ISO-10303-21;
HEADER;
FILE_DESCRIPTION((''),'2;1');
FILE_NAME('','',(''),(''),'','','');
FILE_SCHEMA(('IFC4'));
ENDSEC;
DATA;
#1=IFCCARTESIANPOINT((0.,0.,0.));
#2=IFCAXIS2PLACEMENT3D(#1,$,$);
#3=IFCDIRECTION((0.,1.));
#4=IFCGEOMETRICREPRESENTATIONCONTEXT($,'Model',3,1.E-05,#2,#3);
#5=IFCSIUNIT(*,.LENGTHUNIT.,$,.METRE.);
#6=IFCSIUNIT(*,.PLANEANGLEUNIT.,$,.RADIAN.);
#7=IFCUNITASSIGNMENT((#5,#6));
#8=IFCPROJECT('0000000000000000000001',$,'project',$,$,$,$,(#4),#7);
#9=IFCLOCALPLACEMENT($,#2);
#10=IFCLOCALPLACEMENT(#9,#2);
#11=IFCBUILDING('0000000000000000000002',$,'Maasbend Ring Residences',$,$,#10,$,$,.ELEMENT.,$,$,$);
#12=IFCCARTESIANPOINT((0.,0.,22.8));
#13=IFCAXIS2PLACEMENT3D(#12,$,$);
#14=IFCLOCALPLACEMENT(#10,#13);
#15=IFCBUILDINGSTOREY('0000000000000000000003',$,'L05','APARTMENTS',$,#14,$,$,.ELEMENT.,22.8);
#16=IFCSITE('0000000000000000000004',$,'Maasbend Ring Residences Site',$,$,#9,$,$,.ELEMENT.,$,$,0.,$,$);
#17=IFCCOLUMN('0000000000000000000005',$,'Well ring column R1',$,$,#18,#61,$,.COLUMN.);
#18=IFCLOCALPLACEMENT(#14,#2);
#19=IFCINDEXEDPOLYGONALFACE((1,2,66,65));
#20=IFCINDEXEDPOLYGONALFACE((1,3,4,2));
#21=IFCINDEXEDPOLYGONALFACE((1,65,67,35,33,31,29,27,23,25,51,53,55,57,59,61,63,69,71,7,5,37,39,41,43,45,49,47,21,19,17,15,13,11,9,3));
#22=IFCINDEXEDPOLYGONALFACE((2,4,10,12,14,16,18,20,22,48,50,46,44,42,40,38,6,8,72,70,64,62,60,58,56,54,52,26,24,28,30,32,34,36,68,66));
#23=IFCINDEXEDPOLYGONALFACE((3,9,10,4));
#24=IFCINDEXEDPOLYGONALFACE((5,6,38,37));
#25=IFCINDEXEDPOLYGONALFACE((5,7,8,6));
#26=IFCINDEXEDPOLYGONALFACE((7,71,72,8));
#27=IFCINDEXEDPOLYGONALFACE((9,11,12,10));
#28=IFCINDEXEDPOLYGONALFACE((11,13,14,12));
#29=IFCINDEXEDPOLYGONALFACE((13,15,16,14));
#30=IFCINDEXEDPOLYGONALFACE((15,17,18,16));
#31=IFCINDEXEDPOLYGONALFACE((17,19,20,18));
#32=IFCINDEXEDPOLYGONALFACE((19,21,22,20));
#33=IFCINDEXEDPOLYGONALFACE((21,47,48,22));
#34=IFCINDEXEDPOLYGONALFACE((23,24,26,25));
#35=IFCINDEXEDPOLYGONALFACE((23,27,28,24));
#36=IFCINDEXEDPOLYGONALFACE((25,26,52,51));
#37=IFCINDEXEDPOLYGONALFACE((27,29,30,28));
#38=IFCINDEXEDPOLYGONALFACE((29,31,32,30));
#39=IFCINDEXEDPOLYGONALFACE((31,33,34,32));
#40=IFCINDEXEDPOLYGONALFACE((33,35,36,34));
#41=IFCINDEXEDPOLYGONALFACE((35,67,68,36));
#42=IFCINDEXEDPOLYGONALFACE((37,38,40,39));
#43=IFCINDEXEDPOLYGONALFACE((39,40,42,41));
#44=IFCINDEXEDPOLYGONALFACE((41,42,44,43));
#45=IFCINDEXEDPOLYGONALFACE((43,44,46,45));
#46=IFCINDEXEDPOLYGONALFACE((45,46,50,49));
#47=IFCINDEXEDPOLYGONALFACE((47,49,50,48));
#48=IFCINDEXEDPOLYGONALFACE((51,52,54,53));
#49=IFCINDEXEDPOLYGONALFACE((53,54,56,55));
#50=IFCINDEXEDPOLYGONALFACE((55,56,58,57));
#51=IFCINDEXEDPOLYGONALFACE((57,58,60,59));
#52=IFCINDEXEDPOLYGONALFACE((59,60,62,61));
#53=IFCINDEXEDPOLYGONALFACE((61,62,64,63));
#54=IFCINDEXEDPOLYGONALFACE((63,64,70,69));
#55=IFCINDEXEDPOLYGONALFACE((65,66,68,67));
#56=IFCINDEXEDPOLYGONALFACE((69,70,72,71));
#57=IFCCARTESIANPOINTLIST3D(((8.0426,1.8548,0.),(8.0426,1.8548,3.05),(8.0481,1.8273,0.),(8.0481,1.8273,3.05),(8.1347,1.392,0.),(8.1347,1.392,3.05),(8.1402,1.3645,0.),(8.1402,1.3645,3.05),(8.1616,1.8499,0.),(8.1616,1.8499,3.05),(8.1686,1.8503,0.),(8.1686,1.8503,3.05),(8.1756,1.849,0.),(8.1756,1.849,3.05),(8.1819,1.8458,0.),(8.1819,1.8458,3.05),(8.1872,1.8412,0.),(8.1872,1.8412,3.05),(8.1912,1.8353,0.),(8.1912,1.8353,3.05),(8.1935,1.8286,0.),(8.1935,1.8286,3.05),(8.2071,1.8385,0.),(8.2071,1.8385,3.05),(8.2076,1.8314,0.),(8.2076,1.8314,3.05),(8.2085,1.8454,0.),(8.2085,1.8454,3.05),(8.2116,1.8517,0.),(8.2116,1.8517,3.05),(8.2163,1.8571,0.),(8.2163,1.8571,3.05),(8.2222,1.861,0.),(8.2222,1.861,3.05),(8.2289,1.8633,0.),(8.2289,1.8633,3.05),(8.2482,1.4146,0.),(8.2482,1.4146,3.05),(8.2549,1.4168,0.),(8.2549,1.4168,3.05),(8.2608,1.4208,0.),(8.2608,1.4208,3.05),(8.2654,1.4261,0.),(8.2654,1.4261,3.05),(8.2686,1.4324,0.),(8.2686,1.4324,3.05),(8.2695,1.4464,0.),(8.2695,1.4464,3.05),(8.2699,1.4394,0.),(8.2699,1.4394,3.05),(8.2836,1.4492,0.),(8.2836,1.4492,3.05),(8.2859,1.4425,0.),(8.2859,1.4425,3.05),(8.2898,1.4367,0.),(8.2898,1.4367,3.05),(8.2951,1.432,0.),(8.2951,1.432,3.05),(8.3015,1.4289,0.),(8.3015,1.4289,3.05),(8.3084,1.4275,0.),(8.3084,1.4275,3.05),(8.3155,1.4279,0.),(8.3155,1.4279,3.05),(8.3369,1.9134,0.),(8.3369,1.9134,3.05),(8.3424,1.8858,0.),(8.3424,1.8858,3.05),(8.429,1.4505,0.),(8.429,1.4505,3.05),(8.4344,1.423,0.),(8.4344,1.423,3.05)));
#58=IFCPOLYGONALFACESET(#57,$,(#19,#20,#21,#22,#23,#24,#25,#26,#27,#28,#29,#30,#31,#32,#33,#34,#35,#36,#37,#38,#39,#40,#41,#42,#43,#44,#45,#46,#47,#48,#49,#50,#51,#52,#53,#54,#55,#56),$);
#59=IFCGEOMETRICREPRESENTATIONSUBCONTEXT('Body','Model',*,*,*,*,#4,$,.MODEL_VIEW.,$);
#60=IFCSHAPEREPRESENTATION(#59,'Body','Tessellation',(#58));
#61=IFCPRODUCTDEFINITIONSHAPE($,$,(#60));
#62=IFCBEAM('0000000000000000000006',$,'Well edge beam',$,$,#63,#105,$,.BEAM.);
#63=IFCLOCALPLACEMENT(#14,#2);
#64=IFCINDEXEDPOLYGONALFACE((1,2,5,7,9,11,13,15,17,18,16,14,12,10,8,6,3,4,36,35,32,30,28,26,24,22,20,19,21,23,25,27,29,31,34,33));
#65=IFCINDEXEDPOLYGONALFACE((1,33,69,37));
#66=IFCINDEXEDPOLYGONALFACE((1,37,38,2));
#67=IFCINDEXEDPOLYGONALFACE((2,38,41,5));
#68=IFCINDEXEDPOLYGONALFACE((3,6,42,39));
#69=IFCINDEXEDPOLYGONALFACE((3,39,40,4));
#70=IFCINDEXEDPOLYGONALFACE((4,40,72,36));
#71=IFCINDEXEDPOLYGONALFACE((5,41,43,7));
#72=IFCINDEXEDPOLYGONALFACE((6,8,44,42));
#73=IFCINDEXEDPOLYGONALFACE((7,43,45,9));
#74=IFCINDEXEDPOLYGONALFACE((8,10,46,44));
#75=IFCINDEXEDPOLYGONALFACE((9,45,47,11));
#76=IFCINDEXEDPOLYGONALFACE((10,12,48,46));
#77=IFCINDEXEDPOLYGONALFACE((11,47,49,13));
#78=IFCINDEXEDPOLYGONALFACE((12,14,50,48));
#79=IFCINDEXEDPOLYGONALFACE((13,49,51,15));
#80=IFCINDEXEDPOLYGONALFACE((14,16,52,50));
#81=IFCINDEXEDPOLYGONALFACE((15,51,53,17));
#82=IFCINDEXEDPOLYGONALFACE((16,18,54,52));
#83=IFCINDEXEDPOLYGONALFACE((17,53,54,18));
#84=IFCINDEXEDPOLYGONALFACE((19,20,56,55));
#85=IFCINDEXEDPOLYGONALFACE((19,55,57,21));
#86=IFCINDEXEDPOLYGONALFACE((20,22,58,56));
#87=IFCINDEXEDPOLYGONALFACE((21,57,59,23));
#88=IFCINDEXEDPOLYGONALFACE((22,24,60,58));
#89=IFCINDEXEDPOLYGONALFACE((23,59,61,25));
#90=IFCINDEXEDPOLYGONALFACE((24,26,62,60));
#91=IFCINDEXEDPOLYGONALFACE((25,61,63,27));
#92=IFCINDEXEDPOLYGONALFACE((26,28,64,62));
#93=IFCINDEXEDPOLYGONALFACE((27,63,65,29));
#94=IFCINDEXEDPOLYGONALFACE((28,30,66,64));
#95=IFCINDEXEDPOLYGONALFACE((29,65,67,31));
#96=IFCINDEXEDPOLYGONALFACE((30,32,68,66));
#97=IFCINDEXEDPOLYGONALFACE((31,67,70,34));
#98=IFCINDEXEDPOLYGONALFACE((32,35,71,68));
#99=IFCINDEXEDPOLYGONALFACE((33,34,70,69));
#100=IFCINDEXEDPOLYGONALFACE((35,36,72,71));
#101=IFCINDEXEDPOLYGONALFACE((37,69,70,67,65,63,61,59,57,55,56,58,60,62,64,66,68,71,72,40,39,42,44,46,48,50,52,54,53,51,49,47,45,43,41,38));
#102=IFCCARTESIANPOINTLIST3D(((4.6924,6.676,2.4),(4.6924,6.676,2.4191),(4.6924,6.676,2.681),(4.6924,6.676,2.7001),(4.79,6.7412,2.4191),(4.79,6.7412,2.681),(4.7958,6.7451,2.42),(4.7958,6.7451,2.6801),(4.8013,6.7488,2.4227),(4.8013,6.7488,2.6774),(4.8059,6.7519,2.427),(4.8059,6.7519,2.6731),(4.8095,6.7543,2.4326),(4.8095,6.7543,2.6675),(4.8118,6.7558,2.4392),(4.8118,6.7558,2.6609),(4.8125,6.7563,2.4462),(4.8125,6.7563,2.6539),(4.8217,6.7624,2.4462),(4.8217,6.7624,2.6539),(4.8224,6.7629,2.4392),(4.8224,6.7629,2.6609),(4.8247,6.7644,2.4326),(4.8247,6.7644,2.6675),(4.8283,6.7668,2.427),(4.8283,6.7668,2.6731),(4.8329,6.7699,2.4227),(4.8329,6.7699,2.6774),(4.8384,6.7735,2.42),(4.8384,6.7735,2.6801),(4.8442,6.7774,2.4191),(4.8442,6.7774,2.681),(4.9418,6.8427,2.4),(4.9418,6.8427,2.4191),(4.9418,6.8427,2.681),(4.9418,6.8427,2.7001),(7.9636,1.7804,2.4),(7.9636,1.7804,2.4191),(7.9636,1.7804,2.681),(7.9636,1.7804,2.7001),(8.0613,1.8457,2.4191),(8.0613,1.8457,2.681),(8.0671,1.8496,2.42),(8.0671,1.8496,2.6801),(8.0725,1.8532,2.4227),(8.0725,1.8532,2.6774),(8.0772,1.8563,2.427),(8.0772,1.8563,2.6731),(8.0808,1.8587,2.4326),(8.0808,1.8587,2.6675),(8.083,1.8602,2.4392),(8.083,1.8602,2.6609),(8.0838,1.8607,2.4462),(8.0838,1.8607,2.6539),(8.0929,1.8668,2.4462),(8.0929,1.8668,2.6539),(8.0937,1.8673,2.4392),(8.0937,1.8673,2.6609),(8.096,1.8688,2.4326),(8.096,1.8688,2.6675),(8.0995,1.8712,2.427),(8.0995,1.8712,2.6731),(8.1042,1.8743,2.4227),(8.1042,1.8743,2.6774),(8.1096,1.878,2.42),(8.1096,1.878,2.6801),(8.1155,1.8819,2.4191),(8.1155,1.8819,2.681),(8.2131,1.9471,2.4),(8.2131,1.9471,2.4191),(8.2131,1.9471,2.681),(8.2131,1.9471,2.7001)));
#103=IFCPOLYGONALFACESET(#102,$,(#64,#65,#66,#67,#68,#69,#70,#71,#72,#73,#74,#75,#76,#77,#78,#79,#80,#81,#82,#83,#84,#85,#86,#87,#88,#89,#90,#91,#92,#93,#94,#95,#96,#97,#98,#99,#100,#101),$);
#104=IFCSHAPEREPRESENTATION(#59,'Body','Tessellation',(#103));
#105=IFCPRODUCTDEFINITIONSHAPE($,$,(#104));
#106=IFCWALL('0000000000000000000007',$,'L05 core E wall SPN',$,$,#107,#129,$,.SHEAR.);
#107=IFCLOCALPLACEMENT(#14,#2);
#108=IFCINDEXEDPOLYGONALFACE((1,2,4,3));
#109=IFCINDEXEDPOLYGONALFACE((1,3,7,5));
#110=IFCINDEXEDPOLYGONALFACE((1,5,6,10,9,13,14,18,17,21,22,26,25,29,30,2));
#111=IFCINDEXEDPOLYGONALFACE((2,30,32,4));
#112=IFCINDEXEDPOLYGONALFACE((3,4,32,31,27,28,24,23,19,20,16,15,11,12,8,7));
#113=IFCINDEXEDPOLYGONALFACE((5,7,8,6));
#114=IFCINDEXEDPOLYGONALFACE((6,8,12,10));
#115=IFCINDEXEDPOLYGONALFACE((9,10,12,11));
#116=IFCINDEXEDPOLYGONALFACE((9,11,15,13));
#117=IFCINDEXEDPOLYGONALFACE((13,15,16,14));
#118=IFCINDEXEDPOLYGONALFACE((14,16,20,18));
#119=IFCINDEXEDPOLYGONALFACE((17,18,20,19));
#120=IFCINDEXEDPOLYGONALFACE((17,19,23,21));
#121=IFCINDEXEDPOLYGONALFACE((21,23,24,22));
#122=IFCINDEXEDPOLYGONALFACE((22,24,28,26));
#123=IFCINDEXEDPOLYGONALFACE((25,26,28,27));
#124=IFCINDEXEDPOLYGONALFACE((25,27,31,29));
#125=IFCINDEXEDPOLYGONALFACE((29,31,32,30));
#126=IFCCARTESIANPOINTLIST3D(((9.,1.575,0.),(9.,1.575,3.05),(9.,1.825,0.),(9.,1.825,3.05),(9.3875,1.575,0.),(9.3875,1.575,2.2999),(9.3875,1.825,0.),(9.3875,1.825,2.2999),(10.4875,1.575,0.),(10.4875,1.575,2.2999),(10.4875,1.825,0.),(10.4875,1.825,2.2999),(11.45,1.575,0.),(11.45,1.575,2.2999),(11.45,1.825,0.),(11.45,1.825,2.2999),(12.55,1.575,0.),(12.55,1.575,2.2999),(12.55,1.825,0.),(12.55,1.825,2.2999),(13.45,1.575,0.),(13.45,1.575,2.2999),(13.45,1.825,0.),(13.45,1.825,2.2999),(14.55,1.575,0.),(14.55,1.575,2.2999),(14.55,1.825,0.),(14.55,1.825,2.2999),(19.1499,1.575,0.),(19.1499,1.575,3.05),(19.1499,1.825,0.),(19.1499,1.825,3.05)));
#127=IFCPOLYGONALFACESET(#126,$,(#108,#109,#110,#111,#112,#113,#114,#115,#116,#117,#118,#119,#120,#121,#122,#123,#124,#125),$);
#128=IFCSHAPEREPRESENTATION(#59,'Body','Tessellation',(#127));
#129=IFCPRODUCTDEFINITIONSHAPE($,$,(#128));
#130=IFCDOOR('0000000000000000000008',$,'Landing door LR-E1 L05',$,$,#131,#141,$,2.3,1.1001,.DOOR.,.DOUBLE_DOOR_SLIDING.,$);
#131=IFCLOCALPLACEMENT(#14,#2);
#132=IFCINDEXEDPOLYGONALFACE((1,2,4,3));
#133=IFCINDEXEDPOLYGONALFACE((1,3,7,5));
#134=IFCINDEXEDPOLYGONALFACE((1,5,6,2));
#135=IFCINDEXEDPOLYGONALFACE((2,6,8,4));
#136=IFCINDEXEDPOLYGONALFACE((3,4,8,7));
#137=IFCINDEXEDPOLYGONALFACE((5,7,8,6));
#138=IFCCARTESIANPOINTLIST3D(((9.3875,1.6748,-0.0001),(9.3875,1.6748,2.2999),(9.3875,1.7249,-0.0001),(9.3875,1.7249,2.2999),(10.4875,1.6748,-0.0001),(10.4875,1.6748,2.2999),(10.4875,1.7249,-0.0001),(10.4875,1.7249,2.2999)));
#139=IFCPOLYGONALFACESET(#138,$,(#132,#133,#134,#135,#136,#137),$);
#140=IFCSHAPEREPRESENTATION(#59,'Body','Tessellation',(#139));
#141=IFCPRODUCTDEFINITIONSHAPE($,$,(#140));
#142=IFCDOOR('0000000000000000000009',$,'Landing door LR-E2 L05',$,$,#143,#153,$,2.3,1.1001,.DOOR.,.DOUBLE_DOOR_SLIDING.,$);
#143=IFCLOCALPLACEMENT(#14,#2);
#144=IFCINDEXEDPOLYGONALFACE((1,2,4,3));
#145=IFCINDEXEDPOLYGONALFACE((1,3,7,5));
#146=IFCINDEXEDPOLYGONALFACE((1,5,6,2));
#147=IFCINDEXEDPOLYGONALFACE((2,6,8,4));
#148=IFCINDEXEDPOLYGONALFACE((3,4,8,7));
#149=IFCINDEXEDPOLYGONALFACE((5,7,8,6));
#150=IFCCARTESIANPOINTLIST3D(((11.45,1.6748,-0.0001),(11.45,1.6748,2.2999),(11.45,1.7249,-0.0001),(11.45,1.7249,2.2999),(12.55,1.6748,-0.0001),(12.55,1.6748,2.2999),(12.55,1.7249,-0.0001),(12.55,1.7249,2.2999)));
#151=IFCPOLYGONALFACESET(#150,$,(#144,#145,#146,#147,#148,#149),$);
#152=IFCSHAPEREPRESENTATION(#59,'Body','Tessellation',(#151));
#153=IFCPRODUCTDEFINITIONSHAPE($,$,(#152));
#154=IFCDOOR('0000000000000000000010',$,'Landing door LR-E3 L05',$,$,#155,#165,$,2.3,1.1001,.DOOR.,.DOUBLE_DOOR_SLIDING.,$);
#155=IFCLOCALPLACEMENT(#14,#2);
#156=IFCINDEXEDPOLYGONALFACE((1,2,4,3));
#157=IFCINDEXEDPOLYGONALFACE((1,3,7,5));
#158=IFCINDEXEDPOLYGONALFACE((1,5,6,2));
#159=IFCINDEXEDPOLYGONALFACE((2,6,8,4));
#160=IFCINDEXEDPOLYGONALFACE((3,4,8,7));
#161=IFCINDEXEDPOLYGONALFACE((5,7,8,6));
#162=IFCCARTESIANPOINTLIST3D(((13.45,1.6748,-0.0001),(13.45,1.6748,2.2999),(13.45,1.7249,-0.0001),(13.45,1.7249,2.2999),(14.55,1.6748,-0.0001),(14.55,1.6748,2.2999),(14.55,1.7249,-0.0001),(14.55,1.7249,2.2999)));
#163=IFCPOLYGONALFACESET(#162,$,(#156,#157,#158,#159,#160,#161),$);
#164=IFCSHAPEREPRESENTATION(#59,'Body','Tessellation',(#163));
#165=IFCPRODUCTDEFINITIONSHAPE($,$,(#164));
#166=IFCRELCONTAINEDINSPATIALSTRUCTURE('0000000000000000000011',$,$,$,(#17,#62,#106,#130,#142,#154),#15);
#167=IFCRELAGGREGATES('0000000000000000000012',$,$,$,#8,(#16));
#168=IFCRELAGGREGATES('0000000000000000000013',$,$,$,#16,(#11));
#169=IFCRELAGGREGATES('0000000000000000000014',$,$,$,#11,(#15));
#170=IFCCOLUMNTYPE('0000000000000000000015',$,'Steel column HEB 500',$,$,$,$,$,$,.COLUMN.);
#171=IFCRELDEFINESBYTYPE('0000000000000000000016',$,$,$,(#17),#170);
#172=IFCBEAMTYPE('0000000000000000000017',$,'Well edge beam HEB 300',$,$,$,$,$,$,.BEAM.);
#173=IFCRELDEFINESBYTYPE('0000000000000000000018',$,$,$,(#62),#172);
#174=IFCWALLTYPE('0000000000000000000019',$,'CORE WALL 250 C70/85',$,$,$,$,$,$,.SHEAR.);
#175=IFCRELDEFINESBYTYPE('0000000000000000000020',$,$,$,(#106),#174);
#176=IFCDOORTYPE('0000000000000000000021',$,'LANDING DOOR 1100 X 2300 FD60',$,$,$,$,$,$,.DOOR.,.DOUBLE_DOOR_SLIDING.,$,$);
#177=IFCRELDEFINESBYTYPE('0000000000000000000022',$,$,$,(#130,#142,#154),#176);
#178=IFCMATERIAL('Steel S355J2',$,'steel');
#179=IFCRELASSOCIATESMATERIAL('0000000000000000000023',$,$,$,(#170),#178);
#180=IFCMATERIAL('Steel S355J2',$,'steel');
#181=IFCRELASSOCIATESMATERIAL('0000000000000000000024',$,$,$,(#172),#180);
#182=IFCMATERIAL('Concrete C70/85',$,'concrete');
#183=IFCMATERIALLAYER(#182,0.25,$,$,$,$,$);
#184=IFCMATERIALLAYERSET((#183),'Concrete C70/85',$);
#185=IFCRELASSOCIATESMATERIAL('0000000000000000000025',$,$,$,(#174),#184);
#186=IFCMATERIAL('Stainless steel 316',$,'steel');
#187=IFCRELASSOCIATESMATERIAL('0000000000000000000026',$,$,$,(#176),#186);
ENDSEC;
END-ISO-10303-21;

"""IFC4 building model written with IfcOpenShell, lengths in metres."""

from ifc_helpers import new_model, si_unit, direction, frame, frame_2d, origin, origin_2d, place, context, subcontext, project, spatial, rectangle, i_section, extrude, material, layer, layer_set, material_profile, profile_set, type_object, element, fill, save


model = new_model("IFC4")

# Units and contexts
model_context = context("Model", 3, precision=1e-05, world=origin(), true_north=direction((0.0, 1.0)))
body_context = subcontext(model_context, "Body", "Model", "MODEL_VIEW")
ifc_project = project(units=[si_unit("LENGTHUNIT", "METRE"), si_unit("PLANEANGLEUNIT", "RADIAN")], contexts=[model_context])

# Site, building, storey
site_placement = place(None, origin())
site = spatial("IfcSite", under=ifc_project, at=site_placement, Name="Maasbend Ring Residences Site", CompositionType="ELEMENT", RefElevation=0.0)
building_placement = place(site_placement, origin())
building = spatial("IfcBuilding", under=site, at=building_placement, Name="Maasbend Ring Residences", CompositionType="ELEMENT")
storey_placement = place(building_placement, frame((0.0, 0.0, 22.8)))
storey = spatial("IfcBuildingStorey", under=building, at=storey_placement, Name="L05", Description="APARTMENTS", CompositionType="ELEMENT", Elevation=22.8)

# Column
ifc_material_1 = material(Name="Steel S355J2", Category="steel")
ifc_material_profile_1 = material_profile(ifc_material_1, i_section(OverallWidth=0.3, OverallDepth=0.5, WebThickness=0.0144, FlangeThickness=0.0281, FilletRadius=0.0271, at=origin_2d()), Name="HEB 500")
ifc_profile_set_1 = profile_set([ifc_material_profile_1], Name="Steel S355J2")
column_type = type_object("IfcColumnType", Name="Steel column HEB 500", PredefinedType="COLUMN", material=ifc_profile_set_1)
column_placement = place(storey_placement, frame((8.2385, 1.6389, 0.0), z_axis=(0.0, 0.0, 1.0), x_axis=(0.980785, 0.19509, 0.0)))
element("IfcColumn", 1, at=column_placement, inside=storey, type_object=column_type, Name="Well ring column R1", PredefinedType="COLUMN", context=body_context, shape_type="SweptSolid", body=[
    extrude(i_section(OverallWidth=0.3, OverallDepth=0.5, WebThickness=0.0144, FlangeThickness=0.0281, FilletRadius=0.0271, at=origin_2d()), origin(), (0.0, 0.0, 1.0), 3.05),
])

# Beam
ifc_material_2 = material(Name="Steel S355J2", Category="steel")
ifc_material_profile_2 = material_profile(ifc_material_2, i_section(OverallWidth=0.3, OverallDepth=0.3, WebThickness=0.011, FlangeThickness=0.019, FilletRadius=0.0271, at=origin_2d()), Name="HEB 300")
ifc_profile_set_2 = profile_set([ifc_material_profile_2], Name="Steel S355J2")
beam_type = type_object("IfcBeamType", Name="Well edge beam HEB 300", PredefinedType="BEAM", material=ifc_profile_set_2)
beam_placement = place(storey_placement, frame((8.0884, 1.8638, 2.55), z_axis=(-0.55559, 0.831457, 0.0), x_axis=(-0.831457, -0.55559, 0.0)))
element("IfcBeam", 2, at=beam_placement, inside=storey, type_object=beam_type, Name="Well edge beam", PredefinedType="BEAM", context=body_context, shape_type="SweptSolid", body=[
    extrude(i_section(OverallWidth=0.3, OverallDepth=0.3, WebThickness=0.011, FlangeThickness=0.019, FilletRadius=0.0271, at=origin_2d()), origin(), (0.0, 0.0, 1.0), 5.8879),
])

# Wall, openings, doors
ifc_material_3 = material(Name="Concrete C70/85", Category="concrete")
ifc_layer_1 = layer(ifc_material_3, 0.25)
ifc_layer_set_1 = layer_set([ifc_layer_1], Name="Concrete C70/85")
wall_type_1 = type_object("IfcWallType", Name="CORE WALL 250 C70/85", PredefinedType="SHEAR", material=ifc_layer_set_1)
wall_1_placement = place(storey_placement, frame((9.0, 1.7, 0.0), z_axis=(0.0, 0.0, 1.0), x_axis=(1.0, 0.0, 0.0)))
wall_1 = element("IfcWall", 3, at=wall_1_placement, inside=storey, type_object=wall_type_1, Name="L05 core E wall SPN", PredefinedType="SHEAR", context=body_context, shape_type="SweptSolid", body=[
    extrude(rectangle(XDim=10.1499, YDim=0.25, at=frame_2d((5.075, 0.0))), origin(), (0.0, 0.0, 1.0), 3.05),
])
opening_1_placement = place(wall_1_placement, frame((0.3875, 0.0, 0.0)))
opening_1 = element("IfcOpeningElement", 4, at=opening_1_placement, cuts=wall_1, PredefinedType="OPENING", context=body_context, shape_type="SweptSolid", body=[
    extrude(rectangle(XDim=1.1001, YDim=2.3, at=frame_2d((0.55, 1.1499))), frame((0.0, 0.135, 0.0), z_axis=(0.0, -1.0, 0.0), x_axis=(1.0, 0.0, 0.0)), (0.0, 0.0, 1.0), 0.27),
])
opening_2_placement = place(wall_1_placement, frame((2.45, 0.0, 0.0)))
opening_2 = element("IfcOpeningElement", 5, at=opening_2_placement, cuts=wall_1, PredefinedType="OPENING", context=body_context, shape_type="SweptSolid", body=[
    extrude(rectangle(XDim=1.1001, YDim=2.3, at=frame_2d((0.55, 1.1499))), frame((0.0, 0.135, 0.0), z_axis=(0.0, -1.0, 0.0), x_axis=(1.0, 0.0, 0.0)), (0.0, 0.0, 1.0), 0.27),
])
opening_3_placement = place(wall_1_placement, frame((4.45, 0.0, 0.0)))
opening_3 = element("IfcOpeningElement", 6, at=opening_3_placement, cuts=wall_1, PredefinedType="OPENING", context=body_context, shape_type="SweptSolid", body=[
    extrude(rectangle(XDim=1.1001, YDim=2.3, at=frame_2d((0.55, 1.1499))), frame((0.0, 0.135, 0.0), z_axis=(0.0, -1.0, 0.0), x_axis=(1.0, 0.0, 0.0)), (0.0, 0.0, 1.0), 0.27),
])
ifc_material_4 = material(Name="Stainless steel 316", Category="steel")
door_type_1 = type_object("IfcDoorType", Name="LANDING DOOR 1100 X 2300 FD60", OperationType="DOUBLE_DOOR_SLIDING", PredefinedType="DOOR", material=ifc_material_4)
door_1_placement = place(opening_1_placement, origin())
door_1 = element("IfcDoor", 7, at=door_1_placement, inside=storey, type_object=door_type_1, Name="Landing door LR-E1 L05", OperationType="DOUBLE_DOOR_SLIDING", OverallHeight=2.3, OverallWidth=1.1001, PredefinedType="DOOR", context=body_context, shape_type="SweptSolid", body=[
    extrude(rectangle(XDim=1.1001, YDim=2.3, at=frame_2d((0.55, 1.1499))), frame((0.0, 0.0249, 0.0), z_axis=(0.0, -1.0, 0.0), x_axis=(1.0, 0.0, 0.0)), (0.0, 0.0, 1.0), 0.05),
])
fill(opening_1, door_1)
door_2_placement = place(opening_2_placement, origin())
door_2 = element("IfcDoor", 8, at=door_2_placement, inside=storey, type_object=door_type_1, Name="Landing door LR-E2 L05", OperationType="DOUBLE_DOOR_SLIDING", OverallHeight=2.3, OverallWidth=1.1001, PredefinedType="DOOR", context=body_context, shape_type="SweptSolid", body=[
    extrude(rectangle(XDim=1.1001, YDim=2.3, at=frame_2d((0.55, 1.1499))), frame((0.0, 0.0249, 0.0), z_axis=(0.0, -1.0, 0.0), x_axis=(1.0, 0.0, 0.0)), (0.0, 0.0, 1.0), 0.05),
])
fill(opening_2, door_2)
door_3_placement = place(opening_3_placement, origin())
door_3 = element("IfcDoor", 9, at=door_3_placement, inside=storey, type_object=door_type_1, Name="Landing door LR-E3 L05", OperationType="DOUBLE_DOOR_SLIDING", OverallHeight=2.3, OverallWidth=1.1001, PredefinedType="DOOR", context=body_context, shape_type="SweptSolid", body=[
    extrude(rectangle(XDim=1.1001, YDim=2.3, at=frame_2d((0.55, 1.1499))), frame((0.0, 0.0249, 0.0), z_axis=(0.0, -1.0, 0.0), x_axis=(1.0, 0.0, 0.0)), (0.0, 0.0, 1.0), 0.05),
])
fill(opening_3, door_3)

save(model, "model.ifc")
